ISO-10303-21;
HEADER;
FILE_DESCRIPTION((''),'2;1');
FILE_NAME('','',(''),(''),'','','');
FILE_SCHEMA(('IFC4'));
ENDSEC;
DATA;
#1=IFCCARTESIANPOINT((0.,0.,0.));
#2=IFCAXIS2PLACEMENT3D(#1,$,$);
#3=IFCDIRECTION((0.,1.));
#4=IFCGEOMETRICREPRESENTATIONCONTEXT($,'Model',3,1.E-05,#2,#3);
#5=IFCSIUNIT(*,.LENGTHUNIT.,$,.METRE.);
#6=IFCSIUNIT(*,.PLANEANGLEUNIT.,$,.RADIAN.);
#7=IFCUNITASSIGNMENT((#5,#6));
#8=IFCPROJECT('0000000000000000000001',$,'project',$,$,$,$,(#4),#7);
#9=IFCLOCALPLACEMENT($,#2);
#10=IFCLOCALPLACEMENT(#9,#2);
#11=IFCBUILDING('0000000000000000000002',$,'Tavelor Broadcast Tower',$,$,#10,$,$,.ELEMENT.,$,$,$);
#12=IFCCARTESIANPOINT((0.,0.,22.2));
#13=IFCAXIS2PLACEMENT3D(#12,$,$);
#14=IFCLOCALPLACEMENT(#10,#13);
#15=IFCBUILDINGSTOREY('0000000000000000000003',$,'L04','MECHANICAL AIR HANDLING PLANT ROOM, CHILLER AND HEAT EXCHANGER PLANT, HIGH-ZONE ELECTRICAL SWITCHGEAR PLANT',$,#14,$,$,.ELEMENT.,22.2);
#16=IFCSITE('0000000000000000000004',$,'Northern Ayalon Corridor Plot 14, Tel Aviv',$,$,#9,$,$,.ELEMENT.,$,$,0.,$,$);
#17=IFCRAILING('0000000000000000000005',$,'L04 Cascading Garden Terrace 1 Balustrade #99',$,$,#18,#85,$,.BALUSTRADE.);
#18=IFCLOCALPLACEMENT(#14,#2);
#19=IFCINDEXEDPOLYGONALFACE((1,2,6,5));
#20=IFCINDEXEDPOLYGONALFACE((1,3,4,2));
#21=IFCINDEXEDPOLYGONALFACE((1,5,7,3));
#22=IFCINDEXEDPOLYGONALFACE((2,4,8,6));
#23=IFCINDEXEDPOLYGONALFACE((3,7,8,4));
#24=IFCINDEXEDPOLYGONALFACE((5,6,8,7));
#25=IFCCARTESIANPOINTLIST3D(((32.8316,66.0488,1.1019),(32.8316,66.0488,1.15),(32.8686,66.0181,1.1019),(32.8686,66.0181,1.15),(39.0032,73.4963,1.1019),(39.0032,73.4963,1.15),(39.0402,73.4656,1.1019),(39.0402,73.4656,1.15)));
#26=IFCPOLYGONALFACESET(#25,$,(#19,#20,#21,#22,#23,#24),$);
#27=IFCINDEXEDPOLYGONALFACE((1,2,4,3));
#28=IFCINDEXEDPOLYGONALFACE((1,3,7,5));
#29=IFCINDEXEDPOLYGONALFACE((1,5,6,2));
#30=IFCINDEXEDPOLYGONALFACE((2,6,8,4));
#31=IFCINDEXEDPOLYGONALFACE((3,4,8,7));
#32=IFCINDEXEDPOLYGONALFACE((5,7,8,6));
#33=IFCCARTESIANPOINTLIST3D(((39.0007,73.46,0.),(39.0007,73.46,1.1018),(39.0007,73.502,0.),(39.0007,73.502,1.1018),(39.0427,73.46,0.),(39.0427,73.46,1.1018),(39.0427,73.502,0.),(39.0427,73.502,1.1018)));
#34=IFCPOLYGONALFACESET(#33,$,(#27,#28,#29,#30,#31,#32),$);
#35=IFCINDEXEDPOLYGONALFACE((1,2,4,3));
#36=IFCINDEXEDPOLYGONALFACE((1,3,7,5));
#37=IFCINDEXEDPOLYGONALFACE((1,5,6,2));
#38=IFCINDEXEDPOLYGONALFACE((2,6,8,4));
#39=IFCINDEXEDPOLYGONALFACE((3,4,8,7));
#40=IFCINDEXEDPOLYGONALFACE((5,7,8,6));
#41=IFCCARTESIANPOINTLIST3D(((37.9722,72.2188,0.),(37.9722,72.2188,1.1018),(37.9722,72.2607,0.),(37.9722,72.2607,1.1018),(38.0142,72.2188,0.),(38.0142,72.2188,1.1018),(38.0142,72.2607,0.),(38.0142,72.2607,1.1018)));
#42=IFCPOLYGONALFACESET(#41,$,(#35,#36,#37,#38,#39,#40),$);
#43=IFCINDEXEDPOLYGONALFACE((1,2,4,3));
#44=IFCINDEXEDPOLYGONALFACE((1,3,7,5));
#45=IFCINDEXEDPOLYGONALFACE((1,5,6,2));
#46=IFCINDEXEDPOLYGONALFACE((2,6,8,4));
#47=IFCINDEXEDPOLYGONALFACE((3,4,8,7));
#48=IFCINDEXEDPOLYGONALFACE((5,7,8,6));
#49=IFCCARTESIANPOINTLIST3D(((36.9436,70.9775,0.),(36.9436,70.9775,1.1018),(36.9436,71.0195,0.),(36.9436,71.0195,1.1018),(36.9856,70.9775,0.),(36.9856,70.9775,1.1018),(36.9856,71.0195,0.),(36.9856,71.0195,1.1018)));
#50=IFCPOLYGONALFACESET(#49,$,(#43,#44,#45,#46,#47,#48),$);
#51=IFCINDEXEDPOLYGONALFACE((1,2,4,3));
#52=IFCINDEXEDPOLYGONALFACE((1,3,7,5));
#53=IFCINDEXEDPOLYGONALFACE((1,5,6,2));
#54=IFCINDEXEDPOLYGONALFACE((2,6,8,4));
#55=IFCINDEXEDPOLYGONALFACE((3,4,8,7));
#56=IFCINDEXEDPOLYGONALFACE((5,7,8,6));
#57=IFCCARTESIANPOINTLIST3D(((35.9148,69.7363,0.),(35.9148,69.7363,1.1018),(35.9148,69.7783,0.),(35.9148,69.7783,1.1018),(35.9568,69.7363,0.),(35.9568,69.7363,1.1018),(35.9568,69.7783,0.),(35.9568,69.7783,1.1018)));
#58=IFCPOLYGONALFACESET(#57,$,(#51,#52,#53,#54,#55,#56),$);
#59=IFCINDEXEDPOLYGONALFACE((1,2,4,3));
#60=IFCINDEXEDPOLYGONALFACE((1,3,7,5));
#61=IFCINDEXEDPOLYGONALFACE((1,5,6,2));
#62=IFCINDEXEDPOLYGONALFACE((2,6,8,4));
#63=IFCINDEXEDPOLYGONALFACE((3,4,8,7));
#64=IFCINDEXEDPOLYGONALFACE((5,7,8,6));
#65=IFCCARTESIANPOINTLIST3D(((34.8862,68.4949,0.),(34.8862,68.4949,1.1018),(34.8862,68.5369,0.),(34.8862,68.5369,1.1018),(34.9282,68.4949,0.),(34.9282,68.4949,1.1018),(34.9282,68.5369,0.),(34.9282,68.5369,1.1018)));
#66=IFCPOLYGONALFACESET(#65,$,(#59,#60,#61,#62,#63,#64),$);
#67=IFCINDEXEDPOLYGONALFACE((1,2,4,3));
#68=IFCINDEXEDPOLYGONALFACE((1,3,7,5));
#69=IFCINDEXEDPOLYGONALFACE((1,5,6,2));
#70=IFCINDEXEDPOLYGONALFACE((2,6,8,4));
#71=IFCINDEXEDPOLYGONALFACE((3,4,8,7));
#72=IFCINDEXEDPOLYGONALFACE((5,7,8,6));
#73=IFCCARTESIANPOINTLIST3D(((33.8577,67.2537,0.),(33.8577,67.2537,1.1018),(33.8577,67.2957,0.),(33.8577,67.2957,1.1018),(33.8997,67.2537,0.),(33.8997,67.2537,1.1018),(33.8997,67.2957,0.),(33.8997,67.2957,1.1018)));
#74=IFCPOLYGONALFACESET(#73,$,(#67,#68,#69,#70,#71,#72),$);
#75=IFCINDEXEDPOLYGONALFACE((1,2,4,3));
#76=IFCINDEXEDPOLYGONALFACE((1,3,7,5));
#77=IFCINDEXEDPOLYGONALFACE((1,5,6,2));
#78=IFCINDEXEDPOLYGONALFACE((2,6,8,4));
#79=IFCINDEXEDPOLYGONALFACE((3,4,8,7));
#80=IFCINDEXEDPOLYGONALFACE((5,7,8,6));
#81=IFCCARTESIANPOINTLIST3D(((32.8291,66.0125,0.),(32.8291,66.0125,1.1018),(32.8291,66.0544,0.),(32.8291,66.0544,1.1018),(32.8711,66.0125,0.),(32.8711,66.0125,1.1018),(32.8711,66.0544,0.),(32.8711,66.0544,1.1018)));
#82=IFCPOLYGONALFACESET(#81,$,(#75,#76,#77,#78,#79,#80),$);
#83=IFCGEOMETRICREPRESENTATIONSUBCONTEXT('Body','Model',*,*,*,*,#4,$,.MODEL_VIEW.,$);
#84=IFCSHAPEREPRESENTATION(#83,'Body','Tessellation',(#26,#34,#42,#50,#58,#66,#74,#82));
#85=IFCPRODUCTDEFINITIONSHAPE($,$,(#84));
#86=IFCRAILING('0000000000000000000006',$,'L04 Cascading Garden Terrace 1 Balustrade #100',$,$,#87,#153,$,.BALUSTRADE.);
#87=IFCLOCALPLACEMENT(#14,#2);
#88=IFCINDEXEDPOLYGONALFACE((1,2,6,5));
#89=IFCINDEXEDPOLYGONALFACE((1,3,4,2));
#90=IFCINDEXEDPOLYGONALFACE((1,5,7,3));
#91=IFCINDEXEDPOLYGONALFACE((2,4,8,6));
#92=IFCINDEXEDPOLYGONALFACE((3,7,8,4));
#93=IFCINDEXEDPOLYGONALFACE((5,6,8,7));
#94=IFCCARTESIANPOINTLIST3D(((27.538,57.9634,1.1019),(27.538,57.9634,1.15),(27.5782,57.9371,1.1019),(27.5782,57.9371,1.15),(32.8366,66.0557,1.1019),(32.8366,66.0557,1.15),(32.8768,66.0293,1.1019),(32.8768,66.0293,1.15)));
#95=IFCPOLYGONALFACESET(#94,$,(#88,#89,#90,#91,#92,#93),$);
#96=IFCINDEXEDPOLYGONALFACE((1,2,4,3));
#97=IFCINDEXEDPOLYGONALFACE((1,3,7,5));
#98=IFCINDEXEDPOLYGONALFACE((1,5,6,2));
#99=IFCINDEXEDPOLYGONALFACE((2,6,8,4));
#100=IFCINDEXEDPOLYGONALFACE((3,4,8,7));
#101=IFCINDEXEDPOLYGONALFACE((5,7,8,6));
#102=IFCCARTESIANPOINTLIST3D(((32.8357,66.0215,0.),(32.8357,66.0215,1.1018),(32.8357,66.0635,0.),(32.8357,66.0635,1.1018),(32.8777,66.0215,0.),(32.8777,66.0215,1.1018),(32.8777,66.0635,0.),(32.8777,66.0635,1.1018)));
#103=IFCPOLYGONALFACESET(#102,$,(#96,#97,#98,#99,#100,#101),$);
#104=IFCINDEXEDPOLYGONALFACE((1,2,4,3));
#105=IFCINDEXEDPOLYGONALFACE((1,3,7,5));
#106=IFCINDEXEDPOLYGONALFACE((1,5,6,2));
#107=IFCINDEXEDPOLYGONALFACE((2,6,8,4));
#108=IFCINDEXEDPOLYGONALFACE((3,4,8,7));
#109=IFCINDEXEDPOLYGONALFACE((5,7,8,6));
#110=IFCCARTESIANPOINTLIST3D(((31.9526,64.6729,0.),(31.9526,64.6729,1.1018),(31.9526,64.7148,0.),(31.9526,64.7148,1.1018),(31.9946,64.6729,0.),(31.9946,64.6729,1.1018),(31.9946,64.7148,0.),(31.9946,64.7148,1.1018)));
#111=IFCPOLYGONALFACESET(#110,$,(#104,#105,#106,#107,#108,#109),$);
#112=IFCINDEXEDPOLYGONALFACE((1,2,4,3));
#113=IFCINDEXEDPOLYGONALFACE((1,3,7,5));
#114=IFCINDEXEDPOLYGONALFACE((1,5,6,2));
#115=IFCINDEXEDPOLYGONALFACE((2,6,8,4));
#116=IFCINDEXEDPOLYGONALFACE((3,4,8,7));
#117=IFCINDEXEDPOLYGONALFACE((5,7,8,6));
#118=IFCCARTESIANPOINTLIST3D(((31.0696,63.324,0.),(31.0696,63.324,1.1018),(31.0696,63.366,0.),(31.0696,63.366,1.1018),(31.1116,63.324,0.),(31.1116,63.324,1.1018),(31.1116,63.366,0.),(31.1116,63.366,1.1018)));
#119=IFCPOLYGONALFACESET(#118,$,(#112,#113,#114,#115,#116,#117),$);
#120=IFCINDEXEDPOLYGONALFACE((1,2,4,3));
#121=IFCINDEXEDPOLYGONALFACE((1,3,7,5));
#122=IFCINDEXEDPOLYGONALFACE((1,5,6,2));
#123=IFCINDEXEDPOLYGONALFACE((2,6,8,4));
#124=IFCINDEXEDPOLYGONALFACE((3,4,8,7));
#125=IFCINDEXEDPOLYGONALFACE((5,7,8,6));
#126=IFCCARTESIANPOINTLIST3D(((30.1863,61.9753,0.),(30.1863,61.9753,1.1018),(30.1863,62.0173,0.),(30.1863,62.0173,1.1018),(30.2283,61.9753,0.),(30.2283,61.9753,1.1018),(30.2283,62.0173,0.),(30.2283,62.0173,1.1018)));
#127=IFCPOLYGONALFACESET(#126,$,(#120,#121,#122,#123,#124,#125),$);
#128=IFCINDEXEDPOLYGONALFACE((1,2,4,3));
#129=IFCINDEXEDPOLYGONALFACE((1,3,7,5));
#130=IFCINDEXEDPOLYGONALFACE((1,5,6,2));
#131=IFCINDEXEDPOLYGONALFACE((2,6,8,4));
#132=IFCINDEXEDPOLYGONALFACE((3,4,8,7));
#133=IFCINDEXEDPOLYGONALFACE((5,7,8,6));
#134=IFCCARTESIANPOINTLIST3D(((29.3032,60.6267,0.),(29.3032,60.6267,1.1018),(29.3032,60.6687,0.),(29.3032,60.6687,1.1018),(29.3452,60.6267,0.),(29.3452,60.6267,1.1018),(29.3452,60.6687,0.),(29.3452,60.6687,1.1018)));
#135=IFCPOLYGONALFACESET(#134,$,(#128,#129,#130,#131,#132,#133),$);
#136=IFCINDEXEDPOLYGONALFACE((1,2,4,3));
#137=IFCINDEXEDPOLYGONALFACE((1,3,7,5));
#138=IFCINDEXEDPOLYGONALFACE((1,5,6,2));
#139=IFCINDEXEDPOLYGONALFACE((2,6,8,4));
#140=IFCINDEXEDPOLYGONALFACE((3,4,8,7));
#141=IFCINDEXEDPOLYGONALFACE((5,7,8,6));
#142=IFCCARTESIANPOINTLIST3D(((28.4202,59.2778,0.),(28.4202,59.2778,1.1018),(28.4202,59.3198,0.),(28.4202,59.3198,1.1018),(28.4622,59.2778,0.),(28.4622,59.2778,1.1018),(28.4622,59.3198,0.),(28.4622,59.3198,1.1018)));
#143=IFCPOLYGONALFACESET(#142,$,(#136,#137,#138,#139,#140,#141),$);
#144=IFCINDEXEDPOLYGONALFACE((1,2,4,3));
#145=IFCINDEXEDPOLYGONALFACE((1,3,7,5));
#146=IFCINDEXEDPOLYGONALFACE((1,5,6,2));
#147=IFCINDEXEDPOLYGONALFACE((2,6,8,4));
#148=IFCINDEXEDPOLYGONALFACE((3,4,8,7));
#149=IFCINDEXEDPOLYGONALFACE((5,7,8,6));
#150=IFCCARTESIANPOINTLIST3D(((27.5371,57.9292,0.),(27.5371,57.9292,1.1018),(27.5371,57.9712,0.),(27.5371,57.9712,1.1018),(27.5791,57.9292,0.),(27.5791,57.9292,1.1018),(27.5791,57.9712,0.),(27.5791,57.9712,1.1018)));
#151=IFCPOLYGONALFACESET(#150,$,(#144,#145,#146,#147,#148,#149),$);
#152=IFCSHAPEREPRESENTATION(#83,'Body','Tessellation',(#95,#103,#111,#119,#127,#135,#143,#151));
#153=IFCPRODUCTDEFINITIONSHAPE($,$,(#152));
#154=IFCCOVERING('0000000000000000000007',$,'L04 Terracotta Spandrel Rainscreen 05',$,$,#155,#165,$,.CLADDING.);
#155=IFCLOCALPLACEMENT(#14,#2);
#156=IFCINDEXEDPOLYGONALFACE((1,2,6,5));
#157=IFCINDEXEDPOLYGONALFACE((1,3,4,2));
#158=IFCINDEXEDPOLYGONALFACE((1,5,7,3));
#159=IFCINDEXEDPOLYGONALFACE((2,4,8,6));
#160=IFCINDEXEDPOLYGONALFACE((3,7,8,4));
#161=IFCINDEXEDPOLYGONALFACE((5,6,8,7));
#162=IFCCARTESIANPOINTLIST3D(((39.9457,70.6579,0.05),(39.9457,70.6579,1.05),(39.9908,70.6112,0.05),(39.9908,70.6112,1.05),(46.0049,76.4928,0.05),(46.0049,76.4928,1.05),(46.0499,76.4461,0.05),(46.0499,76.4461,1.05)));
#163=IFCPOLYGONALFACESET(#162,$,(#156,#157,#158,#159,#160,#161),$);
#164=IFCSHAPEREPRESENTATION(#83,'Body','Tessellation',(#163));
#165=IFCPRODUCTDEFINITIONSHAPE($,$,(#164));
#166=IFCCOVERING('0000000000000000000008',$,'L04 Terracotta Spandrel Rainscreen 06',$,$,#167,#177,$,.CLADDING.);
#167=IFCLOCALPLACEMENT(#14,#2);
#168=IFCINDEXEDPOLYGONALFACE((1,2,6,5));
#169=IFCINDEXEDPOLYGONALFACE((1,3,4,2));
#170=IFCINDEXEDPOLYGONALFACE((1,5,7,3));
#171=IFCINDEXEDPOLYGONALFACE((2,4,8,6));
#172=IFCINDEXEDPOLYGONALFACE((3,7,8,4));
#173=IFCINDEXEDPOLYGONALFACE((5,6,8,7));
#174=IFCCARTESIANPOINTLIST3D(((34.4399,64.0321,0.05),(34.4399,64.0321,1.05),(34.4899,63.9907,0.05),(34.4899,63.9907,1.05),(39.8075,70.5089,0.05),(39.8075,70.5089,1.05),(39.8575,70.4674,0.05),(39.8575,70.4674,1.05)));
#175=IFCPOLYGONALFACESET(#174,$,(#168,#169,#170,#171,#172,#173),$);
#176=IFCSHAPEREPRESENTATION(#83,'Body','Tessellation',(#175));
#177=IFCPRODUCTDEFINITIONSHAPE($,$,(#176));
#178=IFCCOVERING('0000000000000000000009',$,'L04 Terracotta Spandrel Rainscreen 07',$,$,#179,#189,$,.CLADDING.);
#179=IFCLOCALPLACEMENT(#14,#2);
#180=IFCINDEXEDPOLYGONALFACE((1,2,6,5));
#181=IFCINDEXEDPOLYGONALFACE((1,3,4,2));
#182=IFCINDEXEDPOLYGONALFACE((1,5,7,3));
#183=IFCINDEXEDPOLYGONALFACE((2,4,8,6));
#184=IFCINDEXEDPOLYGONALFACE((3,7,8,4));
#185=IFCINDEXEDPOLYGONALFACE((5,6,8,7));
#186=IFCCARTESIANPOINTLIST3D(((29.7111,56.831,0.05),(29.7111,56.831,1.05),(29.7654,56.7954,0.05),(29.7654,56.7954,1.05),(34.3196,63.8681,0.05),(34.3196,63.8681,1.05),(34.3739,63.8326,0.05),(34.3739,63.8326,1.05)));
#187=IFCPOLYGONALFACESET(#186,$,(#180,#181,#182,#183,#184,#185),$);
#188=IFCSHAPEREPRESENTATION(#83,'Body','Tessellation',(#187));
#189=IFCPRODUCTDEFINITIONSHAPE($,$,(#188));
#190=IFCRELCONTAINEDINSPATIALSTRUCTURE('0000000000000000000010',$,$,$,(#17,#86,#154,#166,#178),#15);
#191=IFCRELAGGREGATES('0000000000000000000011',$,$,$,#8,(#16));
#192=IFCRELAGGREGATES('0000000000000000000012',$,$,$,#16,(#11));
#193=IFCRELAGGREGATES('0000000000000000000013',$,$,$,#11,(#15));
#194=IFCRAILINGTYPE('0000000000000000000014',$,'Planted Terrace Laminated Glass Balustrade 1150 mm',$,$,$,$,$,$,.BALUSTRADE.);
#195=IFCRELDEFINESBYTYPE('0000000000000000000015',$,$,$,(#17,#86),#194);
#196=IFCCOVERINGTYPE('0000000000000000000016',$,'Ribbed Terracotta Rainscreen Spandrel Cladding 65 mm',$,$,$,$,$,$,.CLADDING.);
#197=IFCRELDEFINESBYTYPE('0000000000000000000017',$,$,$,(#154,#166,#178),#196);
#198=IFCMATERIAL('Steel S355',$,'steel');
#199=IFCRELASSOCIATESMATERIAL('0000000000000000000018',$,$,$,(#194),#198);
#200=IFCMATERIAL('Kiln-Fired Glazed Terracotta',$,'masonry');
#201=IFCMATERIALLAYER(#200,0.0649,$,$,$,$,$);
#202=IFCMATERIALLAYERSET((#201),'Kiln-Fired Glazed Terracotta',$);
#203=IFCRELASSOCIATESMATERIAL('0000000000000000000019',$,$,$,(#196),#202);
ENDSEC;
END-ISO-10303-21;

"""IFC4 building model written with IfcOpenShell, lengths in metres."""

from ifc_helpers import new_model, si_unit, direction, frame, origin, origin_2d, place, context, subcontext, project, spatial, rectangle, extrude, material, layer, layer_set, type_object, element, save


model = new_model("IFC4")

# Units and contexts
model_context = context("Model", 3, precision=1e-05, world=origin(), true_north=direction((0.0, 1.0)))
body_context = subcontext(model_context, "Body", "Model", "MODEL_VIEW")
ifc_project = project(units=[si_unit("LENGTHUNIT", "METRE"), si_unit("PLANEANGLEUNIT", "RADIAN")], contexts=[model_context])

# Site, building, storey
site_placement = place(None, origin())
site = spatial("IfcSite", under=ifc_project, at=site_placement, Name="Northern Ayalon Corridor Plot 14, Tel Aviv", CompositionType="ELEMENT", RefElevation=0.0)
building_placement = place(site_placement, origin())
building = spatial("IfcBuilding", under=site, at=building_placement, Name="Tavelor Broadcast Tower", CompositionType="ELEMENT")
storey_placement = place(building_placement, frame((0.0, 0.0, 22.2)))
storey = spatial("IfcBuildingStorey", under=building, at=storey_placement, Name="L04", Description="MECHANICAL AIR HANDLING PLANT ROOM, CHILLER AND HEAT EXCHANGER PLANT, HIGH-ZONE ELECTRICAL SWITCHGEAR PLANT", CompositionType="ELEMENT", Elevation=22.2)

# Railings
ifc_material_1 = material(Name="Steel S355", Category="steel")
railing_type = type_object("IfcRailingType", Name="Planted Terrace Laminated Glass Balustrade 1150 mm", PredefinedType="BALUSTRADE", material=ifc_material_1)
railing_1_placement = place(storey_placement, frame((39.0217, 73.481, 0.0)))
element("IfcRailing", 1, at=railing_1_placement, inside=storey, type_object=railing_type, Name="L04 Cascading Garden Terrace 1 Balustrade #99", PredefinedType="BALUSTRADE", context=body_context, shape_type="SweptSolid", body=[
    extrude(rectangle(XDim=0.0481, YDim=0.0481, at=origin_2d()), frame((0.0, 0.0, 1.126), z_axis=(-0.638069, -0.769979, 0.0), x_axis=(0.769979, -0.638069, 0.0)), (0.0, 0.0, 1.0), 9.6724),
    extrude(rectangle(XDim=0.042, YDim=0.042, at=origin_2d()), origin(), (0.0, 0.0, 1.0), 1.1018),
    extrude(rectangle(XDim=0.042, YDim=0.042, at=origin_2d()), frame((-1.0286, -1.2412, 0.0)), (0.0, 0.0, 1.0), 1.1018),
    extrude(rectangle(XDim=0.042, YDim=0.042, at=origin_2d()), frame((-2.0571, -2.4824, 0.0)), (0.0, 0.0, 1.0), 1.1018),
    extrude(rectangle(XDim=0.042, YDim=0.042, at=origin_2d()), frame((-3.0859, -3.7236, 0.0)), (0.0, 0.0, 1.0), 1.1018),
    extrude(rectangle(XDim=0.042, YDim=0.042, at=origin_2d()), frame((-4.1145, -4.9651, 0.0)), (0.0, 0.0, 1.0), 1.1018),
    extrude(rectangle(XDim=0.042, YDim=0.042, at=origin_2d()), frame((-5.1431, -6.2063, 0.0)), (0.0, 0.0, 1.0), 1.1018),
    extrude(rectangle(XDim=0.042, YDim=0.042, at=origin_2d()), frame((-6.1716, -7.4475, 0.0)), (0.0, 0.0, 1.0), 1.1018),
])
railing_2_placement = place(storey_placement, frame((32.8567, 66.0425, 0.0)))
element("IfcRailing", 2, at=railing_2_placement, inside=storey, type_object=railing_type, Name="L04 Cascading Garden Terrace 1 Balustrade #100", PredefinedType="BALUSTRADE", context=body_context, shape_type="SweptSolid", body=[
    extrude(rectangle(XDim=0.0481, YDim=0.0481, at=origin_2d()), frame((0.0, 0.0, 1.126), z_axis=(-0.547791, -0.836615, 0.0), x_axis=(0.836615, -0.547791, 0.0)), (0.0, 0.0, 1.0), 9.6726),
    extrude(rectangle(XDim=0.042, YDim=0.042, at=origin_2d()), origin(), (0.0, 0.0, 1.0), 1.1018),
    extrude(rectangle(XDim=0.042, YDim=0.042, at=origin_2d()), frame((-0.8831, -1.3486, 0.0)), (0.0, 0.0, 1.0), 1.1018),
    extrude(rectangle(XDim=0.042, YDim=0.042, at=origin_2d()), frame((-1.7661, -2.6975, 0.0)), (0.0, 0.0, 1.0), 1.1018),
    extrude(rectangle(XDim=0.042, YDim=0.042, at=origin_2d()), frame((-2.6494, -4.0461, 0.0)), (0.0, 0.0, 1.0), 1.1018),
    extrude(rectangle(XDim=0.042, YDim=0.042, at=origin_2d()), frame((-3.5325, -5.3948, 0.0)), (0.0, 0.0, 1.0), 1.1018),
    extrude(rectangle(XDim=0.042, YDim=0.042, at=origin_2d()), frame((-4.4155, -6.7437, 0.0)), (0.0, 0.0, 1.0), 1.1018),
    extrude(rectangle(XDim=0.042, YDim=0.042, at=origin_2d()), frame((-5.2986, -8.0923, 0.0)), (0.0, 0.0, 1.0), 1.1018),
])

# Coverings
ifc_material_2 = material(Name="Kiln-Fired Glazed Terracotta", Category="masonry")
ifc_layer_1 = layer(ifc_material_2, 0.0649)
ifc_layer_set_1 = layer_set([ifc_layer_1], Name="Kiln-Fired Glazed Terracotta")
covering_type = type_object("IfcCoveringType", Name="Ribbed Terracotta Rainscreen Spandrel Cladding 65 mm", PredefinedType="CLADDING", material=ifc_layer_set_1)
for number, where, z_axis, x_axis, name in (
    (3, (42.9978, 73.552, 0.05), (0.0, 0.0, 1.0), (-0.720309, -0.693653, 0.0), "L04 Terracotta Spandrel Rainscreen 05"),
    (4, (37.1487, 67.2498, 0.05), (0.0, 0.0, 1.0), (-0.638096, -0.769957, 0.0), "L04 Terracotta Spandrel Rainscreen 06"),
    (5, (32.0425, 60.3318, 0.05), (0.0, 0.0, 1.0), (-0.547855, -0.836573, 0.0), "L04 Terracotta Spandrel Rainscreen 07"),
):
    element("IfcCovering", number, at=place(storey_placement, frame(where, z_axis=z_axis, x_axis=x_axis)), inside=storey, type_object=covering_type, Name=name, PredefinedType="CLADDING", context=body_context, shape_type="SweptSolid", body=[
        extrude(rectangle(XDim=8.4119, YDim=0.0649, at=origin_2d()), origin(), (0.0, 0.0, 1.0), 1.0),
    ])

save(model, "model.ifc")
